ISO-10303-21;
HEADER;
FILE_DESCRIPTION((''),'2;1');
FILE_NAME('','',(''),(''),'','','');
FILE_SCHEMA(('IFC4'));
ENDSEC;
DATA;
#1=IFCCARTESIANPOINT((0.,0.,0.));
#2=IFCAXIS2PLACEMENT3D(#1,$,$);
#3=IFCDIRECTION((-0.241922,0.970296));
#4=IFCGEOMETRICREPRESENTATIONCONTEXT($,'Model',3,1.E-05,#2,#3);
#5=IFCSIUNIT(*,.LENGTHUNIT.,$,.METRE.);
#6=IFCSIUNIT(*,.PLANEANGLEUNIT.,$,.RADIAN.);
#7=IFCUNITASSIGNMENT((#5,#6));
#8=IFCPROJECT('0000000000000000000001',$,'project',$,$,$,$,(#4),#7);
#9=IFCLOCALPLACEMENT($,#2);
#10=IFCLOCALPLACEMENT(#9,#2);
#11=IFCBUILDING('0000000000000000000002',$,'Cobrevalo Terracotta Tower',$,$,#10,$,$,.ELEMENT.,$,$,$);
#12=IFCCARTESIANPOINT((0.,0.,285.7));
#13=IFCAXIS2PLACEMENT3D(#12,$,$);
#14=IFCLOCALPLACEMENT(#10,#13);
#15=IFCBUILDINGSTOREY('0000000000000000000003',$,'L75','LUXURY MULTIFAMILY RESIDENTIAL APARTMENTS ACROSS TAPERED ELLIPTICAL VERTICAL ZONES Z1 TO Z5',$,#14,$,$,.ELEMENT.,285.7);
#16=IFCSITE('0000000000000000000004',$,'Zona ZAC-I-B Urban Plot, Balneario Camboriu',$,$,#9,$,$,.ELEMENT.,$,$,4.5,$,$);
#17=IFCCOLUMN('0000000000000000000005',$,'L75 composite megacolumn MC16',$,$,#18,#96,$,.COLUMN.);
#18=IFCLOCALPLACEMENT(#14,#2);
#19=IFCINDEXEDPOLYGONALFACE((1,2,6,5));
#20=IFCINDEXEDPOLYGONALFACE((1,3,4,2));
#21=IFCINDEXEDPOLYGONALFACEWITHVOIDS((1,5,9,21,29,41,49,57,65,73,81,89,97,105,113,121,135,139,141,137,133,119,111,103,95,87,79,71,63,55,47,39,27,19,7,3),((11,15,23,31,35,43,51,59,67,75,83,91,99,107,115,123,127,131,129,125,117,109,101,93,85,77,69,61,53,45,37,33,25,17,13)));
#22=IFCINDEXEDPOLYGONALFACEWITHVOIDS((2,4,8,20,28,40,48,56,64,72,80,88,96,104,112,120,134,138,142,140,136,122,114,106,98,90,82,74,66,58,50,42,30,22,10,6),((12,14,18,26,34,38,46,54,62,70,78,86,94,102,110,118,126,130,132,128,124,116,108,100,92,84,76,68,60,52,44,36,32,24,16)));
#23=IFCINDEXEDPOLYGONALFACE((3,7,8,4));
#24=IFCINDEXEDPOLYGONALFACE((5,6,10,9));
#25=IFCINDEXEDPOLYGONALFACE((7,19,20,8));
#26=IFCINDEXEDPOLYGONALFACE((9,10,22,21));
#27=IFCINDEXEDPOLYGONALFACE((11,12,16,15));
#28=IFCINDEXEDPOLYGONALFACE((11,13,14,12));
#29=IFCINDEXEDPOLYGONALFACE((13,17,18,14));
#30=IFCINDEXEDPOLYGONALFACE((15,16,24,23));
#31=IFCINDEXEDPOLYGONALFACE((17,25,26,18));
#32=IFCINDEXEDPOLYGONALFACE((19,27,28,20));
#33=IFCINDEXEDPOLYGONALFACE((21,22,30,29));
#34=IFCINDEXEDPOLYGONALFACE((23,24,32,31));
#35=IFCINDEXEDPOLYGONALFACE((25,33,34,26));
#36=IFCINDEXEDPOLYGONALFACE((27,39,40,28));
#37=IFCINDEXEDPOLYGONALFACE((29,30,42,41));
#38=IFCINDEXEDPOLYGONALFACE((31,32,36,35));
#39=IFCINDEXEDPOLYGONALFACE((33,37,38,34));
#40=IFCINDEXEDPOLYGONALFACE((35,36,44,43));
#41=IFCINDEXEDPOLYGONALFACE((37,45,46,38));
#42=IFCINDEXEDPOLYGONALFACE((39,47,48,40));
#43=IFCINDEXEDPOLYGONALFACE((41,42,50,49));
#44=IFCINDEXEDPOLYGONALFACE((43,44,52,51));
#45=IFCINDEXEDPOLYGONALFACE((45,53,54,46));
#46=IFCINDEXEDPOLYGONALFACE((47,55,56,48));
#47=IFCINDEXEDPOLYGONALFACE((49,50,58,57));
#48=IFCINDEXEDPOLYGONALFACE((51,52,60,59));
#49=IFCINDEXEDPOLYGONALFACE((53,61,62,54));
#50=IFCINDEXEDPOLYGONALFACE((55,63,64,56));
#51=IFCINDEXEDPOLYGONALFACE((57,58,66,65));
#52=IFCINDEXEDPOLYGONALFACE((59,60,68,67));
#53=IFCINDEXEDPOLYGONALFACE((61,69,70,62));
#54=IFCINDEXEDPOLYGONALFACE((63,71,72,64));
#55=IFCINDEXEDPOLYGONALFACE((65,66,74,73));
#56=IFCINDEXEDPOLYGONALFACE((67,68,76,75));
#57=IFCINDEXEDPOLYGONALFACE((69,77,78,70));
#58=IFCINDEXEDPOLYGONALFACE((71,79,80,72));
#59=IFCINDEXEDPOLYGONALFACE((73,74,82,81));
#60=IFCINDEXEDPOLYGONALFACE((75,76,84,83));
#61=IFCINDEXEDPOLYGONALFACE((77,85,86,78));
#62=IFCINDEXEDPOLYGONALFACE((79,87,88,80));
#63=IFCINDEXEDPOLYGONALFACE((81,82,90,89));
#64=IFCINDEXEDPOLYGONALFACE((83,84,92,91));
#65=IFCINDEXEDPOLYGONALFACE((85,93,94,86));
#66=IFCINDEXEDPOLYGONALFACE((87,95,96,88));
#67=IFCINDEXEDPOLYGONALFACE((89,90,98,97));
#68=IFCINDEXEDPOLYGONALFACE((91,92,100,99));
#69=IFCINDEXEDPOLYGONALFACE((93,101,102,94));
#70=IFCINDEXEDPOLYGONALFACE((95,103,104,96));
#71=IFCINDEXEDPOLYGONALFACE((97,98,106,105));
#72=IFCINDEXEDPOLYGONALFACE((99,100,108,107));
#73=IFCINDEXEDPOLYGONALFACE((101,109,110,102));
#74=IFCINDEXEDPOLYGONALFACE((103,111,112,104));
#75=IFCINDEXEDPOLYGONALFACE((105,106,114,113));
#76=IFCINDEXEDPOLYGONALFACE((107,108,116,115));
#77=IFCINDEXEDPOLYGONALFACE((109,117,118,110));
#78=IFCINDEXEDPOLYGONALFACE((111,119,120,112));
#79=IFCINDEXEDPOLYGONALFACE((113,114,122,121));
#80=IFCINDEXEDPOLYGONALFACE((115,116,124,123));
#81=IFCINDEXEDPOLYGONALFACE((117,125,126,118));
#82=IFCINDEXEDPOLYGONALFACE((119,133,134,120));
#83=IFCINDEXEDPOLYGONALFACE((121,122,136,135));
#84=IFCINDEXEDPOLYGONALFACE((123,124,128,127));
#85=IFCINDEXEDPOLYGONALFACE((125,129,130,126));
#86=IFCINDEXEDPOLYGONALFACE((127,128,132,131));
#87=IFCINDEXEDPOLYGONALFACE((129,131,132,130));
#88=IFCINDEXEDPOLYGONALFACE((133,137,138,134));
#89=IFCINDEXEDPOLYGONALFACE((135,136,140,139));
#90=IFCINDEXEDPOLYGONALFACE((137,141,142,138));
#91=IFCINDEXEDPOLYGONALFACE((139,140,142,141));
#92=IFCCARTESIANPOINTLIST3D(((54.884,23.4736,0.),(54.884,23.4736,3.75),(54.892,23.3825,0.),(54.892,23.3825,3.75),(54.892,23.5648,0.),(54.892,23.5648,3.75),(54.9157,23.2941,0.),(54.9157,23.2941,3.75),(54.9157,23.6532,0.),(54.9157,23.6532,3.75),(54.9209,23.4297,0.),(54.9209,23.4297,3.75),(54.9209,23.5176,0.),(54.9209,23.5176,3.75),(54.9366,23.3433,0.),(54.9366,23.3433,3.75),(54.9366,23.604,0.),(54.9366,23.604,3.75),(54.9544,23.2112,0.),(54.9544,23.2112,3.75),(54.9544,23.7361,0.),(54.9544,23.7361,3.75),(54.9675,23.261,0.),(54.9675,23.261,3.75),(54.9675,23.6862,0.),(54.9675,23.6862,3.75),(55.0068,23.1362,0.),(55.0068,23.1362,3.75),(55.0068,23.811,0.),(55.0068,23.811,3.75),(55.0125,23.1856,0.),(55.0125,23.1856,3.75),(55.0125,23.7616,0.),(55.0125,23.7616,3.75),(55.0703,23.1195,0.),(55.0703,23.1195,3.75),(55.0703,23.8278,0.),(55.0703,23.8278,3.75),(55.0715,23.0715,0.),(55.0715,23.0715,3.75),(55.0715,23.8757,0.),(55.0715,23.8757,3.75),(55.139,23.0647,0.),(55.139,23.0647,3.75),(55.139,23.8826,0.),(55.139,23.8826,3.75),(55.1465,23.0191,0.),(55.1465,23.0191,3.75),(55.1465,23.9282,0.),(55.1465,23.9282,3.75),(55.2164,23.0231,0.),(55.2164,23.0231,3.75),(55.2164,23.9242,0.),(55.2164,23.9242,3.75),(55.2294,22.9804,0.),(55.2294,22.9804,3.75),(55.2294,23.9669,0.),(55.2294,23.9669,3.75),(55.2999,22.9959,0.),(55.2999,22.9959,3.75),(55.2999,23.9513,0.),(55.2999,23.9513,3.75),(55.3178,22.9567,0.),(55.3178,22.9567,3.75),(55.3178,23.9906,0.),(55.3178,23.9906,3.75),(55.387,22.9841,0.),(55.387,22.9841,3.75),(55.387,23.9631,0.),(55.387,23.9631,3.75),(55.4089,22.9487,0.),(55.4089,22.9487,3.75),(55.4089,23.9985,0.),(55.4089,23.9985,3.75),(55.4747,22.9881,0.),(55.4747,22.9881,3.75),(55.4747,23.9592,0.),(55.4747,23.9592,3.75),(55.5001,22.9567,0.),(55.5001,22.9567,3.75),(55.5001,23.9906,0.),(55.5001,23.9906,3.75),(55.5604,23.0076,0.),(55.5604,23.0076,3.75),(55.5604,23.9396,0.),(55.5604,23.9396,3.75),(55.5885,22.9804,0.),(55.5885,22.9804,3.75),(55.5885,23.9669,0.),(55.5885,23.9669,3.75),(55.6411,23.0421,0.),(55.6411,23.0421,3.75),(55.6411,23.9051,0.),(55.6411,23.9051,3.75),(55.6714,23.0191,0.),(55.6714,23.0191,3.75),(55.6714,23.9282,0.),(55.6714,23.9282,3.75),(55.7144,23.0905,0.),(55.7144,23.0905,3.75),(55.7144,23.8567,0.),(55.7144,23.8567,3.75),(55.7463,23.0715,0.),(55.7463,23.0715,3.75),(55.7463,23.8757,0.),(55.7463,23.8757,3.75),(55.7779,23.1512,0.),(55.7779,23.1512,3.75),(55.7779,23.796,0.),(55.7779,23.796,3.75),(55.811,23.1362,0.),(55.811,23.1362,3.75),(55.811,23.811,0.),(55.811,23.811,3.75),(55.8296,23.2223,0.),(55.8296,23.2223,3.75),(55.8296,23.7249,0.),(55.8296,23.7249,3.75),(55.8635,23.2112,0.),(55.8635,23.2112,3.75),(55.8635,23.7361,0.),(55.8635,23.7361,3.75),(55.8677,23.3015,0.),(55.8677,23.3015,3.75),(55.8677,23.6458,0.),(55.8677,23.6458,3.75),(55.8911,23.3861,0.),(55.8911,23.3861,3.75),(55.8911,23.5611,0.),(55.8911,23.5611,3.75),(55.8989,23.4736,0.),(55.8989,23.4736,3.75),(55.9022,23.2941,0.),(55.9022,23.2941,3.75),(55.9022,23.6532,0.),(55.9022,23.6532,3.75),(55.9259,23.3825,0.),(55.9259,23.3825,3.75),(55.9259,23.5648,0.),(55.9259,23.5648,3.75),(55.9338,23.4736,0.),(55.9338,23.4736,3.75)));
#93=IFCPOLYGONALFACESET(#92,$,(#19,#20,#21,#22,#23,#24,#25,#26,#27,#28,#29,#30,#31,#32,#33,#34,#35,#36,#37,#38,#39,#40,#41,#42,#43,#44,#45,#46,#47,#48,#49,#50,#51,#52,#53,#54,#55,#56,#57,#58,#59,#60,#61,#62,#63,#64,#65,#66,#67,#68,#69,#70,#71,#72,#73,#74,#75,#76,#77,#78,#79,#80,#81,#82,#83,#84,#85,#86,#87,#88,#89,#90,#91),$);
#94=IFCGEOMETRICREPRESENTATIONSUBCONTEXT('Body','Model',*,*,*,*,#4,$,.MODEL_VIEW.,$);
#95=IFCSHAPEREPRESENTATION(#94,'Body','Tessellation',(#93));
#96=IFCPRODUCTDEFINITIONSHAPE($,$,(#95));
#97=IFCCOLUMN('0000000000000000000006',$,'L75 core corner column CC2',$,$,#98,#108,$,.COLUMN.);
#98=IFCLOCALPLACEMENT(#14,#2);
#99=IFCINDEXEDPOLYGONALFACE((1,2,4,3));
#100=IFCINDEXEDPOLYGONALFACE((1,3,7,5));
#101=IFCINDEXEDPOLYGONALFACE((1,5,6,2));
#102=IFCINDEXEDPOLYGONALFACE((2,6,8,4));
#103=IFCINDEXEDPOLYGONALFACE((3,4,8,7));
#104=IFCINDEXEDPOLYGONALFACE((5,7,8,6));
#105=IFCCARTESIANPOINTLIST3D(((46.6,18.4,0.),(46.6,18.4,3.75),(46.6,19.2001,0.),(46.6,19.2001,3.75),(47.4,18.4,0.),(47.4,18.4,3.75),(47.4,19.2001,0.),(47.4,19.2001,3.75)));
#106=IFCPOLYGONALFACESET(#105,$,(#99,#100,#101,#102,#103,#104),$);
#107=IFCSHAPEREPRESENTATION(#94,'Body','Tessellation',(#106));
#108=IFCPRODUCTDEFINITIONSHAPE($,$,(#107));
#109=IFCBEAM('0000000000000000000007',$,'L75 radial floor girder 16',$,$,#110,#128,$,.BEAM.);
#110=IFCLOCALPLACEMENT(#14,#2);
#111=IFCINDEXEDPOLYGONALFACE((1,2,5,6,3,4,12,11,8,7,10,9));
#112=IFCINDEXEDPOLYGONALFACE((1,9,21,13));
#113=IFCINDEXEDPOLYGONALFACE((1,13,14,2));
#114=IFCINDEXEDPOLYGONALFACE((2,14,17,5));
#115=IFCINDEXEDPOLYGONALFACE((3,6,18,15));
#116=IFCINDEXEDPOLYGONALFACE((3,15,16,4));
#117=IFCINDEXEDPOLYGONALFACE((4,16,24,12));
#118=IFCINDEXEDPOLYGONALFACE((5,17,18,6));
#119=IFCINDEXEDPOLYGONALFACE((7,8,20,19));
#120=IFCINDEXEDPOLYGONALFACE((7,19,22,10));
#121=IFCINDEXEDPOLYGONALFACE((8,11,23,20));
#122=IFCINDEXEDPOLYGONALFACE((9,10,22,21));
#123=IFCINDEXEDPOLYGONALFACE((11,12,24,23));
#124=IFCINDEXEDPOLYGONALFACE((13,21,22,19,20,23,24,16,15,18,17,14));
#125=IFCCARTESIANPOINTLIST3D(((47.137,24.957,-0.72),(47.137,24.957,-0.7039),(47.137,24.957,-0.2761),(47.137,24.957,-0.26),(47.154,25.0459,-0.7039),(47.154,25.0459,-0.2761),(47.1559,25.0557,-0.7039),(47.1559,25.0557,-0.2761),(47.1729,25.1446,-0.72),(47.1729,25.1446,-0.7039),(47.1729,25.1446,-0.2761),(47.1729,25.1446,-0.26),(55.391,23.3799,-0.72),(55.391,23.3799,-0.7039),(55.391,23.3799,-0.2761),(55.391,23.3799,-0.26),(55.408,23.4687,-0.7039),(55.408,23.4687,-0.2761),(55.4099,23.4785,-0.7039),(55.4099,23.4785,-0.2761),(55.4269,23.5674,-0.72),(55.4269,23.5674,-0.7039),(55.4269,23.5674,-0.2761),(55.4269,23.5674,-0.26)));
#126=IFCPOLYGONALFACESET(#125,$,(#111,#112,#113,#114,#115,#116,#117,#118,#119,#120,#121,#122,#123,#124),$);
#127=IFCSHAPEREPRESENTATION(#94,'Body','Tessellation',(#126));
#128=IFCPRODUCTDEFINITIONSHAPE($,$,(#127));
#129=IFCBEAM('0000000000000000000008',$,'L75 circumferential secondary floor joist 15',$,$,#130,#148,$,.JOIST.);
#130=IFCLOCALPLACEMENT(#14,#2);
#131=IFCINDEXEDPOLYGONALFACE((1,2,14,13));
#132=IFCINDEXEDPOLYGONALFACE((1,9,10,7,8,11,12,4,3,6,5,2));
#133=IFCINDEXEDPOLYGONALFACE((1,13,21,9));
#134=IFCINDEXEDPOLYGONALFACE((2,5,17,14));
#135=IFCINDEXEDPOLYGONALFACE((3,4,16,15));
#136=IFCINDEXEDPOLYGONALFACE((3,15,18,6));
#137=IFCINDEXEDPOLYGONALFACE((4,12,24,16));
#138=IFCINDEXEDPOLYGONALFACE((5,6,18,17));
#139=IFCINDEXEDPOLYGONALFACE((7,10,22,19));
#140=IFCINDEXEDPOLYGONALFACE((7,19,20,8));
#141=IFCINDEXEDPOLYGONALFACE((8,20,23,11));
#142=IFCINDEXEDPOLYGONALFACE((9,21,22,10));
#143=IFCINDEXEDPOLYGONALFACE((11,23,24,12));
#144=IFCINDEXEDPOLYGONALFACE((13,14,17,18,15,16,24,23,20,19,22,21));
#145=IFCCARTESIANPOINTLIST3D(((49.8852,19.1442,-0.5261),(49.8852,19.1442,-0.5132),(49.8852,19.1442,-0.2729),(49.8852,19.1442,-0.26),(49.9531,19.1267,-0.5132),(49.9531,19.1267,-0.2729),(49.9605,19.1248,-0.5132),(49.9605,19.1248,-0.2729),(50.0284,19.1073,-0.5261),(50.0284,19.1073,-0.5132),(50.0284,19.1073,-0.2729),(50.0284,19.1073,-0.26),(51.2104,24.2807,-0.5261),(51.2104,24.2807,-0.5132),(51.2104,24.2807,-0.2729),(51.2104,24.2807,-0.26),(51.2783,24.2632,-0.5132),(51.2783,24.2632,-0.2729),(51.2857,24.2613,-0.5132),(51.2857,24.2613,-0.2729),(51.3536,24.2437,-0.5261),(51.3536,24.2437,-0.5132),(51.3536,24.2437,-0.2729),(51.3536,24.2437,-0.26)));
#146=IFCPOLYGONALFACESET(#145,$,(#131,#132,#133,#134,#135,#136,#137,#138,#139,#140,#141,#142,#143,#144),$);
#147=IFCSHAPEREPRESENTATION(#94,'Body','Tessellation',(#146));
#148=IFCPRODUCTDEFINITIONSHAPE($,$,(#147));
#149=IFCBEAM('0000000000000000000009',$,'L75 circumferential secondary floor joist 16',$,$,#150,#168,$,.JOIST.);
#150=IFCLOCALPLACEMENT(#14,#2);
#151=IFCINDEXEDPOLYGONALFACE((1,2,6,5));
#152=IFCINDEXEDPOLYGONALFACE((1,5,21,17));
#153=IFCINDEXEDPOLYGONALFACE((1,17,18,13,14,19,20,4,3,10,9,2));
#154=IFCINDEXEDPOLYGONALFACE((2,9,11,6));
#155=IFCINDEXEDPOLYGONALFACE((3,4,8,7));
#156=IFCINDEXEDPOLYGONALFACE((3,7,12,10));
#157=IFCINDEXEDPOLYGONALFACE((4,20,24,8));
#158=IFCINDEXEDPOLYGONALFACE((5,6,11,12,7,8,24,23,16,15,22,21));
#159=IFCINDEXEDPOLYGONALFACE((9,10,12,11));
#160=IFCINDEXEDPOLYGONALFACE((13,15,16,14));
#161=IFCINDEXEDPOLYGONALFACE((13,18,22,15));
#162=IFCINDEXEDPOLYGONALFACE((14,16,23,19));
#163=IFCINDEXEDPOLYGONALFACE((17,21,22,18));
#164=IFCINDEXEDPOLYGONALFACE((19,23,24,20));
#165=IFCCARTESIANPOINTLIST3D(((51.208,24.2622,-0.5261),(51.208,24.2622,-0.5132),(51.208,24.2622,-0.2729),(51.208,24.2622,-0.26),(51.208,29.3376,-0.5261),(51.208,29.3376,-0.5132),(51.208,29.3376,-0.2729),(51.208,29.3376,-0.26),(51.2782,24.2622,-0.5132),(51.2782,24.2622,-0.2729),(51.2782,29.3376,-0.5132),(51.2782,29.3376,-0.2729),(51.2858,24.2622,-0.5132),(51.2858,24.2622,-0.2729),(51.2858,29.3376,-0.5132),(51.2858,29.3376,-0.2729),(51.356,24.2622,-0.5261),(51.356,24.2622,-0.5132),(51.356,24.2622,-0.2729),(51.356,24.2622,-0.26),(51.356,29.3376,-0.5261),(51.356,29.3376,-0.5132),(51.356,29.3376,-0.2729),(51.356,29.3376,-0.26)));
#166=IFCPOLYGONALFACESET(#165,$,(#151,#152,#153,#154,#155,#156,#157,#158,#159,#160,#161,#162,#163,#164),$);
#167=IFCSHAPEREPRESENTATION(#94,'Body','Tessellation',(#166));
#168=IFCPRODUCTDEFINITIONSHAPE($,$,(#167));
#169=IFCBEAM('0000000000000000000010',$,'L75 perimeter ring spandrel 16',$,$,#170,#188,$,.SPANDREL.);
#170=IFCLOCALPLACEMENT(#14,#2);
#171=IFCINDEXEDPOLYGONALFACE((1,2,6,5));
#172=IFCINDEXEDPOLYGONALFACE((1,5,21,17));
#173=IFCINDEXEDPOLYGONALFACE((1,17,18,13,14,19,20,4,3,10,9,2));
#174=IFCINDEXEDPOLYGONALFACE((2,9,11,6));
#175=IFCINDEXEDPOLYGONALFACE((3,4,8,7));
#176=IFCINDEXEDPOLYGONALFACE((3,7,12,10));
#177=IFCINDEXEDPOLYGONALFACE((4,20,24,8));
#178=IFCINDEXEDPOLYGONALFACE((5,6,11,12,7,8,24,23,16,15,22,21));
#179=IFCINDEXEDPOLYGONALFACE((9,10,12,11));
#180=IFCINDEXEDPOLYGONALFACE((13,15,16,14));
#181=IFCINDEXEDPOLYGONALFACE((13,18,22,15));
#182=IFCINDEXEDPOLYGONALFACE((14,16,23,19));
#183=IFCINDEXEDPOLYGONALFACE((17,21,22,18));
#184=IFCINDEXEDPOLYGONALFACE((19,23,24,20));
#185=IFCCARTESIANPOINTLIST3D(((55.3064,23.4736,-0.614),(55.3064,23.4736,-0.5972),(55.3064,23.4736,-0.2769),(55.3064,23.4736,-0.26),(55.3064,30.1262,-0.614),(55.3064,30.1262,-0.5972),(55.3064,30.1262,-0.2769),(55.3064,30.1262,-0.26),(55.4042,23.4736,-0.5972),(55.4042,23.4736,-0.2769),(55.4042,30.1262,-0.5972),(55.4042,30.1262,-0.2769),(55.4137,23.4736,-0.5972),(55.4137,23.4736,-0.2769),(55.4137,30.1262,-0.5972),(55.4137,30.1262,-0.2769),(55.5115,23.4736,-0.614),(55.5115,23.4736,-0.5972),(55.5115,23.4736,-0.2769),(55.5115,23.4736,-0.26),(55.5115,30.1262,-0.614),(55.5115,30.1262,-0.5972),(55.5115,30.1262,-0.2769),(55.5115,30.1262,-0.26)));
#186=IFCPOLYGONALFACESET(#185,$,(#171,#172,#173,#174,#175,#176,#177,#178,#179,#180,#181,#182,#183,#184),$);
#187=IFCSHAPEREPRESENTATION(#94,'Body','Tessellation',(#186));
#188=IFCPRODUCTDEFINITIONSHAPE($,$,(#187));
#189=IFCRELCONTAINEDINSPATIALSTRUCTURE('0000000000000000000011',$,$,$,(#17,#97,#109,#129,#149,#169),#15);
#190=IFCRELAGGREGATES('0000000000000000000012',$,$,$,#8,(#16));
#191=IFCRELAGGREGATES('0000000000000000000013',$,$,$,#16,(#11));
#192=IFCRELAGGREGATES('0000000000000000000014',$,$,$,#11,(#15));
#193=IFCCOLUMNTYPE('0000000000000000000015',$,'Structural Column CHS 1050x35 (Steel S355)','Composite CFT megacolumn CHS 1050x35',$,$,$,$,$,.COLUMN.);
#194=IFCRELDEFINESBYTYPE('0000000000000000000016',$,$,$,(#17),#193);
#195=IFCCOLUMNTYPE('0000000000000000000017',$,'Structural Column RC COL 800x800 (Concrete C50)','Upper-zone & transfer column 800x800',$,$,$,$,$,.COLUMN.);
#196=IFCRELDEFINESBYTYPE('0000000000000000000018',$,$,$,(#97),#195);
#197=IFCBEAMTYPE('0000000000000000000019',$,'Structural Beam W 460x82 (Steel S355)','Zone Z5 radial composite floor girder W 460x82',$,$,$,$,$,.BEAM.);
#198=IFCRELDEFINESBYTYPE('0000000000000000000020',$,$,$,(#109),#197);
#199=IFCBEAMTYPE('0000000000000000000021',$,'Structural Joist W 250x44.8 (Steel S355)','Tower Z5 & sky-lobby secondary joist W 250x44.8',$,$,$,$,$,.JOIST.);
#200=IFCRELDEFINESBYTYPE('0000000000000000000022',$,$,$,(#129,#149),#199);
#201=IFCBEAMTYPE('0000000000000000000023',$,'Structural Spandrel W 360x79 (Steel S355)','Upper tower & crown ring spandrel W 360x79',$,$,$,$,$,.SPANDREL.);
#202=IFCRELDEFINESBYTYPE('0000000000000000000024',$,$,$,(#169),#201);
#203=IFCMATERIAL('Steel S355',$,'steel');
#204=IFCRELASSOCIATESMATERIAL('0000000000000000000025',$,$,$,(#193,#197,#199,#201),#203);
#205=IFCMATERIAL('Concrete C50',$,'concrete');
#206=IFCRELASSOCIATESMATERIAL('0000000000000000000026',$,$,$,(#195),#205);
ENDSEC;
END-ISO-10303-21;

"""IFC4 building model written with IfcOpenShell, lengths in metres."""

from ifc_helpers import new_model, si_unit, direction, frame, origin, origin_2d, place, context, subcontext, project, spatial, rectangle, hollow_circle, i_section, extrude, material, material_profile, profile_set, type_object, element, save


model = new_model("IFC4")

# Units and contexts
model_context = context("Model", 3, precision=1e-05, world=origin(), true_north=direction((-0.241922, 0.970296)))
body_context = subcontext(model_context, "Body", "Model", "MODEL_VIEW")
ifc_project = project(units=[si_unit("LENGTHUNIT", "METRE"), si_unit("PLANEANGLEUNIT", "RADIAN")], contexts=[model_context])

# Site, building, storey
site_placement = place(None, origin())
site = spatial("IfcSite", under=ifc_project, at=site_placement, Name="Zona ZAC-I-B Urban Plot, Balneario Camboriu", CompositionType="ELEMENT", RefElevation=4.5)
building_placement = place(site_placement, origin())
building = spatial("IfcBuilding", under=site, at=building_placement, Name="Cobrevalo Terracotta Tower", CompositionType="ELEMENT")
storey_placement = place(building_placement, frame((0.0, 0.0, 285.7)))
storey = spatial("IfcBuildingStorey", under=building, at=storey_placement, Name="L75", Description="LUXURY MULTIFAMILY RESIDENTIAL APARTMENTS ACROSS TAPERED ELLIPTICAL VERTICAL ZONES Z1 TO Z5", CompositionType="ELEMENT", Elevation=285.7)

# Columns
ifc_material_1 = material(Name="Steel S355", Category="steel")
ifc_material_profile_1 = material_profile(ifc_material_1, hollow_circle(Radius=0.5249, WallThickness=0.0349, at=origin_2d()), Name="CHS 1050x35")
ifc_profile_set_1 = profile_set([ifc_material_profile_1], Name="Steel S355")
column_type_1 = type_object("IfcColumnType", Name="Structural Column CHS 1050x35 (Steel S355)", Description="Composite CFT megacolumn CHS 1050x35", PredefinedType="COLUMN", material=ifc_profile_set_1)
column_1_placement = place(storey_placement, frame((55.4089, 23.4736, 0.0), z_axis=(0.0, 0.0, 1.0), x_axis=(1.0, 0.0, 0.0)))
element("IfcColumn", 1, at=column_1_placement, inside=storey, type_object=column_type_1, Name="L75 composite megacolumn MC16", PredefinedType="COLUMN", context=body_context, shape_type="SweptSolid", body=[
    extrude(hollow_circle(Radius=0.5249, WallThickness=0.0349, at=origin_2d()), origin(), (0.0, 0.0, 1.0), 3.75),
])
ifc_material_2 = material(Name="Concrete C50", Category="concrete")
ifc_material_profile_2 = material_profile(ifc_material_2, rectangle(XDim=0.8, YDim=0.8, at=origin_2d()), Name="RC COL 800x800")
ifc_profile_set_2 = profile_set([ifc_material_profile_2], Name="Concrete C50")
column_type_2 = type_object("IfcColumnType", Name="Structural Column RC COL 800x800 (Concrete C50)", Description="Upper-zone & transfer column 800x800", PredefinedType="COLUMN", material=ifc_profile_set_2)
column_2_placement = place(storey_placement, frame((47.0, 18.8, 0.0), z_axis=(0.0, 0.0, 1.0), x_axis=(1.0, 0.0, 0.0)))
element("IfcColumn", 2, at=column_2_placement, inside=storey, type_object=column_type_2, Name="L75 core corner column CC2", PredefinedType="COLUMN", context=body_context, shape_type="SweptSolid", body=[
    extrude(rectangle(XDim=0.8, YDim=0.8, at=origin_2d()), origin(), (0.0, 0.0, 1.0), 3.75),
])

# Beams
ifc_material_profile_3 = material_profile(ifc_material_1, i_section(OverallWidth=0.1909, OverallDepth=0.46, WebThickness=0.01, FlangeThickness=0.0161, at=origin_2d()), Name="W 460x82")
ifc_profile_set_3 = profile_set([ifc_material_profile_3], Name="Steel S355")
beam_type_1 = type_object("IfcBeamType", Name="Structural Beam W 460x82 (Steel S355)", Description="Zone Z5 radial composite floor girder W 460x82", PredefinedType="BEAM", material=ifc_profile_set_3)
beam_1_placement = place(storey_placement, frame((55.4089, 23.4736, -0.49), z_axis=(-0.98223, 0.187683, 0.0), x_axis=(-0.187683, -0.98223, 0.0)))
element("IfcBeam", 3, at=beam_1_placement, inside=storey, type_object=beam_type_1, Name="L75 radial floor girder 16", PredefinedType="BEAM", context=body_context, shape_type="SweptSolid", body=[
    extrude(i_section(OverallWidth=0.1909, OverallDepth=0.46, WebThickness=0.01, FlangeThickness=0.0161, at=origin_2d()), origin(), (0.0, 0.0, 1.0), 8.4033),
])
ifc_material_profile_4 = material_profile(ifc_material_1, i_section(OverallWidth=0.1479, OverallDepth=0.2661, WebThickness=0.0076, FlangeThickness=0.0129, at=origin_2d()), Name="W 250x44.8")
ifc_profile_set_4 = profile_set([ifc_material_profile_4], Name="Steel S355")
beam_type_2 = type_object("IfcBeamType", Name="Structural Joist W 250x44.8 (Steel S355)", Description="Tower Z5 & sky-lobby secondary joist W 250x44.8", PredefinedType="JOIST", material=ifc_profile_set_4)
beam_2_placement = place(storey_placement, frame((49.9568, 19.1257, -0.3931), z_axis=(0.249817, 0.968293, 0.0), x_axis=(-0.968293, 0.249817, 0.0)))
element("IfcBeam", 4, at=beam_2_placement, inside=storey, type_object=beam_type_2, Name="L75 circumferential secondary floor joist 15", PredefinedType="JOIST", context=body_context, shape_type="SweptSolid", body=[
    extrude(i_section(OverallWidth=0.1479, OverallDepth=0.2661, WebThickness=0.0076, FlangeThickness=0.0129, at=origin_2d()), origin(), (0.0, 0.0, 1.0), 5.3047),
])
beam_3_placement = place(storey_placement, frame((51.282, 24.2622, -0.3931), z_axis=(0.0, 1.0, 0.0), x_axis=(-1.0, 0.0, 0.0)))
element("IfcBeam", 5, at=beam_3_placement, inside=storey, type_object=beam_type_2, Name="L75 circumferential secondary floor joist 16", PredefinedType="JOIST", context=body_context, shape_type="SweptSolid", body=[
    extrude(i_section(OverallWidth=0.1479, OverallDepth=0.2661, WebThickness=0.0076, FlangeThickness=0.0129, at=origin_2d()), origin(), (0.0, 0.0, 1.0), 5.0754),
])
ifc_material_profile_5 = material_profile(ifc_material_1, i_section(OverallWidth=0.2051, OverallDepth=0.354, WebThickness=0.0095, FlangeThickness=0.0168, at=origin_2d()), Name="W 360x79")
ifc_profile_set_5 = profile_set([ifc_material_profile_5], Name="Steel S355")
beam_type_3 = type_object("IfcBeamType", Name="Structural Spandrel W 360x79 (Steel S355)", Description="Upper tower & crown ring spandrel W 360x79", PredefinedType="SPANDREL", material=ifc_profile_set_5)
beam_4_placement = place(storey_placement, frame((55.4089, 23.4736, -0.437), z_axis=(0.0, 1.0, 0.0), x_axis=(-1.0, 0.0, 0.0)))
element("IfcBeam", 6, at=beam_4_placement, inside=storey, type_object=beam_type_3, Name="L75 perimeter ring spandrel 16", PredefinedType="SPANDREL", context=body_context, shape_type="SweptSolid", body=[
    extrude(i_section(OverallWidth=0.2051, OverallDepth=0.354, WebThickness=0.0095, FlangeThickness=0.0168, at=origin_2d()), origin(), (0.0, 0.0, 1.0), 6.6526),
])

save(model, "model.ifc")
